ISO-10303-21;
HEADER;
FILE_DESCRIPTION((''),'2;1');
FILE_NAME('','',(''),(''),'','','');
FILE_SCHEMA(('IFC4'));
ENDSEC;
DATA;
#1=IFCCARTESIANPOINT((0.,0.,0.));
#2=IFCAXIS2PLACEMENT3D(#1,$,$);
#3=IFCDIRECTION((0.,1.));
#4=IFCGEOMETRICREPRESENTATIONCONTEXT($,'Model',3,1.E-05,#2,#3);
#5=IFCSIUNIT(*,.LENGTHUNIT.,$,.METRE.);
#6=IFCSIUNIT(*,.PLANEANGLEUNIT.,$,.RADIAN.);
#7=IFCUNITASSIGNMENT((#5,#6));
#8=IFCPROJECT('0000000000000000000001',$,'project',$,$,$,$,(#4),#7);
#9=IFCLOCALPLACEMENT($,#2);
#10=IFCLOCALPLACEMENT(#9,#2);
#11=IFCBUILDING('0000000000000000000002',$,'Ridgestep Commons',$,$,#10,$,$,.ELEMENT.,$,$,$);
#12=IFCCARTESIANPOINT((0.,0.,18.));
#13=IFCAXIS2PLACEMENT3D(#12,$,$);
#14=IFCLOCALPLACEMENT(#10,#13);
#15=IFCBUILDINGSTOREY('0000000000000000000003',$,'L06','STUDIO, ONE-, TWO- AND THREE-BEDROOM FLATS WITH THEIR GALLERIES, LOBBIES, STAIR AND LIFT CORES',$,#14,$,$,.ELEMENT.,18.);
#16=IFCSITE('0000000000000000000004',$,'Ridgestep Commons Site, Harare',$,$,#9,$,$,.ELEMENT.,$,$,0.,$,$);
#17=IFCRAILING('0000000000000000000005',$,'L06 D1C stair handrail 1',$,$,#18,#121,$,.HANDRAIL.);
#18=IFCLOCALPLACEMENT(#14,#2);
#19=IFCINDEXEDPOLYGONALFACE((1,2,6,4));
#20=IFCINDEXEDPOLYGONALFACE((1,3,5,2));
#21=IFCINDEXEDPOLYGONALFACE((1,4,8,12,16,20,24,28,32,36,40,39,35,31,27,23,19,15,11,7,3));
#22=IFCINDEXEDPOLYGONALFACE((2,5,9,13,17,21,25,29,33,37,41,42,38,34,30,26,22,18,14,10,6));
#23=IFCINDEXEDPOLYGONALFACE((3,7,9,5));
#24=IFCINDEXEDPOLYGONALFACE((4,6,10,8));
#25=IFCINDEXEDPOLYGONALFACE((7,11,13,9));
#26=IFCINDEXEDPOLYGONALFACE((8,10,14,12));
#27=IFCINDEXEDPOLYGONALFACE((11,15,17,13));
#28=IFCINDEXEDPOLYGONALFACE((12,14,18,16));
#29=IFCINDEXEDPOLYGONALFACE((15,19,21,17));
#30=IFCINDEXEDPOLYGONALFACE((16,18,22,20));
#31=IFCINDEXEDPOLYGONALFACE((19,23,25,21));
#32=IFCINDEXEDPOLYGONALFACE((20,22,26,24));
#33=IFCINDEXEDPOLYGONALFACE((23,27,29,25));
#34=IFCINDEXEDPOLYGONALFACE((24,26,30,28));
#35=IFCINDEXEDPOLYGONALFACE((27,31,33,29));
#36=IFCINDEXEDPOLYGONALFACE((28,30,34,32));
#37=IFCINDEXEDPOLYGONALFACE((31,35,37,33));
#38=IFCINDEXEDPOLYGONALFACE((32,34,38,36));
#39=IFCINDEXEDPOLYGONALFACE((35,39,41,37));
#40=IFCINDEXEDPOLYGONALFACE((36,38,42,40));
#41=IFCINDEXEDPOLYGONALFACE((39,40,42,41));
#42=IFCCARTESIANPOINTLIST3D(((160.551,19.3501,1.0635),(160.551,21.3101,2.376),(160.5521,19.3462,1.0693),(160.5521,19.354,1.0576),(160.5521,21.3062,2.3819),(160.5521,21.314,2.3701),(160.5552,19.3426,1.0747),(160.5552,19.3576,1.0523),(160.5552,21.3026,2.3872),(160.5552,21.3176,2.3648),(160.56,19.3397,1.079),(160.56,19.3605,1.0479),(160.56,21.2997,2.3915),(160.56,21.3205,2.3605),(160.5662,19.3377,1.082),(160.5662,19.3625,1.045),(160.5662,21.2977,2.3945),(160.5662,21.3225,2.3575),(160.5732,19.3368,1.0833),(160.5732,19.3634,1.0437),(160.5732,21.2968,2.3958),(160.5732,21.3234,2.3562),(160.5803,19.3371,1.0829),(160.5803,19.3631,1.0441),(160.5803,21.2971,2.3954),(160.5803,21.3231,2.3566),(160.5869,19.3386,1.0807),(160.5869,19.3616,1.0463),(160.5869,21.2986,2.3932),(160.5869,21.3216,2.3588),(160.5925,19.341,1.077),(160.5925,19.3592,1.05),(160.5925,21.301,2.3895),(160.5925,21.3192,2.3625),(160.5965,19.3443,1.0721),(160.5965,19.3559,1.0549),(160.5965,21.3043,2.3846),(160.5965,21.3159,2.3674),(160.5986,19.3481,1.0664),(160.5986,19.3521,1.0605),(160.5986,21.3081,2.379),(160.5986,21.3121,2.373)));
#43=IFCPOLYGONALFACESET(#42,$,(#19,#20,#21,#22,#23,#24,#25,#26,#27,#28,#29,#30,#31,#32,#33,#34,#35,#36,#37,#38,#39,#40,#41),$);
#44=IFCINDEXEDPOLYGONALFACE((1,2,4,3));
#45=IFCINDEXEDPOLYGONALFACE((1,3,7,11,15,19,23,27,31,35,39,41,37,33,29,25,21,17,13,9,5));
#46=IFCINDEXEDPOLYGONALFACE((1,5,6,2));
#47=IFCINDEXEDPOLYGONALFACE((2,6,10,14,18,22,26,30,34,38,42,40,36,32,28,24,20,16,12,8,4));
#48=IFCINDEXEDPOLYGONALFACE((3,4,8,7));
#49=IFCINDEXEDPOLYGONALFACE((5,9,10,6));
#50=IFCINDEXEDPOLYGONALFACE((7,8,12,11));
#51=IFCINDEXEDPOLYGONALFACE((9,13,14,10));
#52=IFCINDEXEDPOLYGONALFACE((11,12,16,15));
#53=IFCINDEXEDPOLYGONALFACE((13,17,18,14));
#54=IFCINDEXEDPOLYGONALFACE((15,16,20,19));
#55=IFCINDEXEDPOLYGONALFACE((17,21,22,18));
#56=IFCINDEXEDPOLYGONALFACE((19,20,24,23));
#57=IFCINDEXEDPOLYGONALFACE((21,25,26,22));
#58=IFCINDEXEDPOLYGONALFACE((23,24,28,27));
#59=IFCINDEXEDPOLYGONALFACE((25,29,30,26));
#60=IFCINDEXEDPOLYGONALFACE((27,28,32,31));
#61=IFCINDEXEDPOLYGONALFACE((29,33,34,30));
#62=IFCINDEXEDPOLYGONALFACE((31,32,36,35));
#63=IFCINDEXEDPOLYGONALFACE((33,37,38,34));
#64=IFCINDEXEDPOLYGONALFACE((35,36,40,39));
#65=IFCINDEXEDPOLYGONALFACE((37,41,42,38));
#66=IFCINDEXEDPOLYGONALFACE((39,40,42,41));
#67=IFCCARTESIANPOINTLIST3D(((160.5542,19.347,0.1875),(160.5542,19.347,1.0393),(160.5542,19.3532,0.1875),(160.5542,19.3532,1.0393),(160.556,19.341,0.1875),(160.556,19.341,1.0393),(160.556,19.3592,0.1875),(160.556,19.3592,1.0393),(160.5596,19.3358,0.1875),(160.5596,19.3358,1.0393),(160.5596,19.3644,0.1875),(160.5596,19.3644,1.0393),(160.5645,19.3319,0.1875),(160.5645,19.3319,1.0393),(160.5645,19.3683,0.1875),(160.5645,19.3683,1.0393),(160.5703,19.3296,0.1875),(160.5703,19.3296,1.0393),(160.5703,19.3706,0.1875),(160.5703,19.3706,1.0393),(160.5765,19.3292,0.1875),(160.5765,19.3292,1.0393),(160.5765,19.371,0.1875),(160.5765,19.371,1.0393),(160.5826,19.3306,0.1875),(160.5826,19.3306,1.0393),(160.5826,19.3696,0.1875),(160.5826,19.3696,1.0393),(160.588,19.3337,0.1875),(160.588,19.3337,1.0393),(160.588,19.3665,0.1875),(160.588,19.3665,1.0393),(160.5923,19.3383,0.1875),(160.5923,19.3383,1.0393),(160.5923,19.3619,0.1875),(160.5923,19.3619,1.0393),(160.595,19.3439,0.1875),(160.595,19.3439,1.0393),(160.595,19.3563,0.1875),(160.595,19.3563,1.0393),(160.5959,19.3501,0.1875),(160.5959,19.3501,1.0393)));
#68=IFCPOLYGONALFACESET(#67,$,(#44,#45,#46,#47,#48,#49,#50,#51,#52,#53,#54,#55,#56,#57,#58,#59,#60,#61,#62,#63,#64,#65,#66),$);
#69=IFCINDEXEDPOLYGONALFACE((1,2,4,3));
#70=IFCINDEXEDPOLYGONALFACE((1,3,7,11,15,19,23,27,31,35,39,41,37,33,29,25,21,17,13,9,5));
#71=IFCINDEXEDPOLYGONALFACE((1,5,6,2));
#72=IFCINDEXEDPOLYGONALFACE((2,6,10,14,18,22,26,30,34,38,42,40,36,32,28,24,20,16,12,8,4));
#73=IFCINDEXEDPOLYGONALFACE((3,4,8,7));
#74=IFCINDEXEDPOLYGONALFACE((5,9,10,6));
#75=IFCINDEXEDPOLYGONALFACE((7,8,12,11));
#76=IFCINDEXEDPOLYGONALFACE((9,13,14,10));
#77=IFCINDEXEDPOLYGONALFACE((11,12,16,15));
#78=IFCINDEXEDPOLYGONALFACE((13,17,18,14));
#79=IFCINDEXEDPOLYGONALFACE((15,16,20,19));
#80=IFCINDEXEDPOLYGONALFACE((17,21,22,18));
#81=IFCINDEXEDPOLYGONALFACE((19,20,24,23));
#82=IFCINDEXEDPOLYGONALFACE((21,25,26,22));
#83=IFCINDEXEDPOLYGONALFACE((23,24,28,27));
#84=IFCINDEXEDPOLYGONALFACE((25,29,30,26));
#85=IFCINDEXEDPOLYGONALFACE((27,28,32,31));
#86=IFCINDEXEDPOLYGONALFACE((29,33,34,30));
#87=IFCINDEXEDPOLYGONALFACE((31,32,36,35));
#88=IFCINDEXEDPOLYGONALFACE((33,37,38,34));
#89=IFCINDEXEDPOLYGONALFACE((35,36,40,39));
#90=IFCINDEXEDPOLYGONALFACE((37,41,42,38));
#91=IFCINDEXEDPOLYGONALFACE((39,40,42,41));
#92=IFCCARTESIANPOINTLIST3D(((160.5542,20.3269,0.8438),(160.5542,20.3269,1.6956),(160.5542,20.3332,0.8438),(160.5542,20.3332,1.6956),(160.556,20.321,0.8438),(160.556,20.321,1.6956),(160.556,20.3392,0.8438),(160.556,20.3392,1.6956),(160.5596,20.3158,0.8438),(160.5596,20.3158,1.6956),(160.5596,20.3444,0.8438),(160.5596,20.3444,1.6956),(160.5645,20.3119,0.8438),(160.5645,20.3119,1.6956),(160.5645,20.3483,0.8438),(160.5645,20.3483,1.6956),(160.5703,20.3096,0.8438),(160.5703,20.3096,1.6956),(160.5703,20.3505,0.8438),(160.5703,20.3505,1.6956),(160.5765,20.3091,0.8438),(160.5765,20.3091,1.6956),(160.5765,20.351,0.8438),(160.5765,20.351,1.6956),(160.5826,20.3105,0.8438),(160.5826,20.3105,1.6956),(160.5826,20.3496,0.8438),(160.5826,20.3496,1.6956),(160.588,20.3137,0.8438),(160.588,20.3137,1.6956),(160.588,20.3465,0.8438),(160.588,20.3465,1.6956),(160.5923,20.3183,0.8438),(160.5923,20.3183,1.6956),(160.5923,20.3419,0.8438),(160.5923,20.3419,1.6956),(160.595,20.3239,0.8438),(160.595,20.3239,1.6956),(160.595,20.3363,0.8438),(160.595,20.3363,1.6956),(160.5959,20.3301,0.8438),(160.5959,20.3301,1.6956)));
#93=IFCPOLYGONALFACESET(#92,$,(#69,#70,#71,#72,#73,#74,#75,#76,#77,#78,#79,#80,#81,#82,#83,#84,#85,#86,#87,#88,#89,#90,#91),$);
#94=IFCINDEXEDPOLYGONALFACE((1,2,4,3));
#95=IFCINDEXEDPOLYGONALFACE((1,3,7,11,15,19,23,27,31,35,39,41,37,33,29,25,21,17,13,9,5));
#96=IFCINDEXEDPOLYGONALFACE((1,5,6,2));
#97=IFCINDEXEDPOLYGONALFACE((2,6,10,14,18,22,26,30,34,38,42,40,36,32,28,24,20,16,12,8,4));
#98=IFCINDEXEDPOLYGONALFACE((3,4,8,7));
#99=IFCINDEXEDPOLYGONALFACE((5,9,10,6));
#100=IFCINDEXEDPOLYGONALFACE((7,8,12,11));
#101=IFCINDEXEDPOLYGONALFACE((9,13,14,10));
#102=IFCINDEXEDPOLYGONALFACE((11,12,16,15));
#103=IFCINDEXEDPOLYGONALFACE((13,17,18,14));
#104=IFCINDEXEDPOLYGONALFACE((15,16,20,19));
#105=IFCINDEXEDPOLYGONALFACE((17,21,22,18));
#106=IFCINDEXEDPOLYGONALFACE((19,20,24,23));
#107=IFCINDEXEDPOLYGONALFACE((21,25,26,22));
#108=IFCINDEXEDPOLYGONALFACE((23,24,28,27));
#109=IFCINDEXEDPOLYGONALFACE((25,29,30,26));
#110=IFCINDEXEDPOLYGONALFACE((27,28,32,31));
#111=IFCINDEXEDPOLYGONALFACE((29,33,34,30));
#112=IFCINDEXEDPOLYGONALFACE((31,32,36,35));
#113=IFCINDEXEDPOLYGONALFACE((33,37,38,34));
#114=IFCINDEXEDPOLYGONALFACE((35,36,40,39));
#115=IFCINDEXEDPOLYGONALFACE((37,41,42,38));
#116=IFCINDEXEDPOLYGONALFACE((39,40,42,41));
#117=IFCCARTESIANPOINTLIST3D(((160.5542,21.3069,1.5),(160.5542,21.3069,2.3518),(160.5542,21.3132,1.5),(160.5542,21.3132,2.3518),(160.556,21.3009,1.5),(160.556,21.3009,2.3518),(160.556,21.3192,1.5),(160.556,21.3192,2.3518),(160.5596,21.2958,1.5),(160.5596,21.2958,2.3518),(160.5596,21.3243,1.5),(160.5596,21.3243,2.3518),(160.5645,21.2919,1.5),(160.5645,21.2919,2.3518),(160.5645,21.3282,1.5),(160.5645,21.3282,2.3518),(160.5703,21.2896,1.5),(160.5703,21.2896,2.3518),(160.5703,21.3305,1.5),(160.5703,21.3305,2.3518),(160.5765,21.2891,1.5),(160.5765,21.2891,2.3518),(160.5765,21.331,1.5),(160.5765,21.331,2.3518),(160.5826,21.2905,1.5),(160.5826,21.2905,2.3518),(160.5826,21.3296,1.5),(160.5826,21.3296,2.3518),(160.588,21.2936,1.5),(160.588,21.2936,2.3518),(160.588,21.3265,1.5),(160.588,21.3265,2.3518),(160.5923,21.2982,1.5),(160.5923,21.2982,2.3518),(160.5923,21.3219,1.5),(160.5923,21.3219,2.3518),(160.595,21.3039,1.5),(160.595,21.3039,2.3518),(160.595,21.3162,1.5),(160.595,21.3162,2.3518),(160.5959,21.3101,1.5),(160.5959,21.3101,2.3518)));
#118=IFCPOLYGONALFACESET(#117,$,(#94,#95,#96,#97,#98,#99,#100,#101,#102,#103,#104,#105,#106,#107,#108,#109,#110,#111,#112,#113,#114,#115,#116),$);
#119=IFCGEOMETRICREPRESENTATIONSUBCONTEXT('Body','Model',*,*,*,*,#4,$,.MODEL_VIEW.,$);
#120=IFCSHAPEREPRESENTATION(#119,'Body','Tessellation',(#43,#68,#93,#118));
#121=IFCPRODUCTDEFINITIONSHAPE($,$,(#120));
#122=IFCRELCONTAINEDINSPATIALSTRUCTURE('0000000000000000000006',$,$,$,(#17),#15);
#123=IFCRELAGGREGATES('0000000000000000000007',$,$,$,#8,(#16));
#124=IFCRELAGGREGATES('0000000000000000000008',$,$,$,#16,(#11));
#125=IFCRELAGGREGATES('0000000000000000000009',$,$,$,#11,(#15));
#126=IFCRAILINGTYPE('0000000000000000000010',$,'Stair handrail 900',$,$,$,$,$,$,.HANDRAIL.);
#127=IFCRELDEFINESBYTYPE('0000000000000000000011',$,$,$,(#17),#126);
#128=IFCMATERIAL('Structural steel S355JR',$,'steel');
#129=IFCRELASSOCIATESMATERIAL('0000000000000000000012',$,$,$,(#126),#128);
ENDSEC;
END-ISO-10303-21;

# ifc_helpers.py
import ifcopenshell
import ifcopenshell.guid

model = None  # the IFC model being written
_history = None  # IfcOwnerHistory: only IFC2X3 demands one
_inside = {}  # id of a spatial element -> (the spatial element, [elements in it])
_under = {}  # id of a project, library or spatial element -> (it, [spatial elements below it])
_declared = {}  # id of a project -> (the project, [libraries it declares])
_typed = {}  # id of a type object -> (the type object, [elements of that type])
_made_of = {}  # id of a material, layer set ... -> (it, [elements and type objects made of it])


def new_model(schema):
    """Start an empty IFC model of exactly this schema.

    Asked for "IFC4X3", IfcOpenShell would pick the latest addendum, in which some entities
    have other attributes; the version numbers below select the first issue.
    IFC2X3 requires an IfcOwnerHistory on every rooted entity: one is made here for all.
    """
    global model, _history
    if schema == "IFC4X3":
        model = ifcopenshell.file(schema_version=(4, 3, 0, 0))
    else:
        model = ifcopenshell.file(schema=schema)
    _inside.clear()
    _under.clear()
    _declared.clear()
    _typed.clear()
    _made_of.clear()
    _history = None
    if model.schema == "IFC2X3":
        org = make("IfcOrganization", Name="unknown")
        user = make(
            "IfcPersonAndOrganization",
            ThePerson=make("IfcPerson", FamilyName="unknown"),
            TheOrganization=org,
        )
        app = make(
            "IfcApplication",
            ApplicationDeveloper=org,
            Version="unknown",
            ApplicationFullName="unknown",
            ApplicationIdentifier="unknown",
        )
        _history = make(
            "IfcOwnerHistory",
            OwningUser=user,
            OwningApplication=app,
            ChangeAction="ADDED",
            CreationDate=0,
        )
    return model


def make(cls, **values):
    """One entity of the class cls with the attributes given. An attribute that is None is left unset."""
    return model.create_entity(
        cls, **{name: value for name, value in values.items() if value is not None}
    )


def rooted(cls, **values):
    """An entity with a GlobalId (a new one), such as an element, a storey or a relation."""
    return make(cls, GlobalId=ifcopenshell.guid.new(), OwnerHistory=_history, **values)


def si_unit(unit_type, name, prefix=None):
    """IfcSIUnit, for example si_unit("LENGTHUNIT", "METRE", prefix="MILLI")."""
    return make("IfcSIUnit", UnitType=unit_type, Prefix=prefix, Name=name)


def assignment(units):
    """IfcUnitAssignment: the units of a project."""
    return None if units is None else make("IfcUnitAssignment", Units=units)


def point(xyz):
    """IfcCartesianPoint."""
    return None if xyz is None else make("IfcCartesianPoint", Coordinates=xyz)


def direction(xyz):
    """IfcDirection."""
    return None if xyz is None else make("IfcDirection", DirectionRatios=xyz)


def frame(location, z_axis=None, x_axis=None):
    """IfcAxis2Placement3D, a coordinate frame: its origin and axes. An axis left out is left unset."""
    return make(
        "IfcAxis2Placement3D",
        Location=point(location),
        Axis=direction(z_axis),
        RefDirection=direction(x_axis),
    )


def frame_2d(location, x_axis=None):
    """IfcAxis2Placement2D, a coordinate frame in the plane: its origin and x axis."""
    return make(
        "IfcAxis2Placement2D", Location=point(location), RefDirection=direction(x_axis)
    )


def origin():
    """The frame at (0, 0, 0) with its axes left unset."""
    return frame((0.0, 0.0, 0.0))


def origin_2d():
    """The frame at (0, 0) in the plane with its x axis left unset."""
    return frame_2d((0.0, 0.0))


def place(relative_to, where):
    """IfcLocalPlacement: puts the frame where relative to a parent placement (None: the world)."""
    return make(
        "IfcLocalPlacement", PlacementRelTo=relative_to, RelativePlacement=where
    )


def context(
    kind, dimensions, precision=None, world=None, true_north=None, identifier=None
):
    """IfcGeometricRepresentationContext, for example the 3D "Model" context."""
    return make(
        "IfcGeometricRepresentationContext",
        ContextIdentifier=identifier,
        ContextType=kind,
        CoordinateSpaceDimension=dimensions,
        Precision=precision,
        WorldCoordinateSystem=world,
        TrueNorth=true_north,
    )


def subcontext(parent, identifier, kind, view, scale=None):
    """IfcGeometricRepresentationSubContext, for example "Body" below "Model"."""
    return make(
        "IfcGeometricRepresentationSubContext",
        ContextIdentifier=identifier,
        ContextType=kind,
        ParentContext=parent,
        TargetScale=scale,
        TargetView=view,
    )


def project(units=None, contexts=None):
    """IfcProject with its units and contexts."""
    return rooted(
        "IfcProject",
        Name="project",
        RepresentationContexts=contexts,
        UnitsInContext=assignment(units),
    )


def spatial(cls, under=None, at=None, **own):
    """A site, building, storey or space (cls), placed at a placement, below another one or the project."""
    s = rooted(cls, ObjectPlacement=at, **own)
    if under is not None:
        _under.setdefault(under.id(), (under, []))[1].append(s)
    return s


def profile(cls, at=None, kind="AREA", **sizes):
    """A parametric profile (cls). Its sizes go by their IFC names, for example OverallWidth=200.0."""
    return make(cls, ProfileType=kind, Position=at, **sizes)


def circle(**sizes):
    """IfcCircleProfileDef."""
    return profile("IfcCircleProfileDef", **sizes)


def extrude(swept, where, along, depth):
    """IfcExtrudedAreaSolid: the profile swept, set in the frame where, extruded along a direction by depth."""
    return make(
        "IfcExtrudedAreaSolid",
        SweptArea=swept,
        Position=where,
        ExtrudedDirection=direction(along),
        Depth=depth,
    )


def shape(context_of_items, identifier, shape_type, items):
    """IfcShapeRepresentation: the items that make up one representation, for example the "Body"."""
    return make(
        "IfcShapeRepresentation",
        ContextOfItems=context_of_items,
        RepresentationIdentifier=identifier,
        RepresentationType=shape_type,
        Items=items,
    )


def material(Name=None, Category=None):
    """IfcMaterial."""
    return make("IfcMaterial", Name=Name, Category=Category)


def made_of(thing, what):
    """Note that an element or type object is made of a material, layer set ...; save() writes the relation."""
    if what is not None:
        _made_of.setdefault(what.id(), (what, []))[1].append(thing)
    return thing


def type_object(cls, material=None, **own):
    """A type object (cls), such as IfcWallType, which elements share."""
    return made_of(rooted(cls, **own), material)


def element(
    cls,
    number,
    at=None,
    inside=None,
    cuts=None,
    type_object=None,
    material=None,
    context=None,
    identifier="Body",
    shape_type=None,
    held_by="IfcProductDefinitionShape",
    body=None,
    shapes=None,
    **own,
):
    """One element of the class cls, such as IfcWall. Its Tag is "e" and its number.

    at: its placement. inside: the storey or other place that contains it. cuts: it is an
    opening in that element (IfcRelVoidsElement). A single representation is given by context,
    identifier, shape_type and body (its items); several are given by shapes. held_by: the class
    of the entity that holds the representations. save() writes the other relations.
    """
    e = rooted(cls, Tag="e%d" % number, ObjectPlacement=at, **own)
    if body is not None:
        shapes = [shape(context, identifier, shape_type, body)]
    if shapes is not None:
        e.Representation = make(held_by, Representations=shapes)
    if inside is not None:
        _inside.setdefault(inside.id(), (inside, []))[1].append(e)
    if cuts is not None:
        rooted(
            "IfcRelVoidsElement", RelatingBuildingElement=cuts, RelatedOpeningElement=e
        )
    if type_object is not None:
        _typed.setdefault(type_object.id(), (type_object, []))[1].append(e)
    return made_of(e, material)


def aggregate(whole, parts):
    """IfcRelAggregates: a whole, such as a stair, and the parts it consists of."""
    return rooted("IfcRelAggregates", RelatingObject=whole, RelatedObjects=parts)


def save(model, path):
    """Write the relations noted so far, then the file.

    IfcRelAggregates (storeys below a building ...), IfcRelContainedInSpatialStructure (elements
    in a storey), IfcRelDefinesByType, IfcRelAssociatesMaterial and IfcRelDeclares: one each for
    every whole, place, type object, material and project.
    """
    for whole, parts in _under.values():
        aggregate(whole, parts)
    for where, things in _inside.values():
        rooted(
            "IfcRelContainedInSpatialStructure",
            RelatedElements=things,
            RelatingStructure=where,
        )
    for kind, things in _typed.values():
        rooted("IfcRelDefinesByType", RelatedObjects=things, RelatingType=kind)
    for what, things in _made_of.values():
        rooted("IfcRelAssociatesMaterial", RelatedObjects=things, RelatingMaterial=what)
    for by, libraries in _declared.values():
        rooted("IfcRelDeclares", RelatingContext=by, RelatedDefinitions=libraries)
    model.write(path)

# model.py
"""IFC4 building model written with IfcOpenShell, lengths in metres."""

from ifc_helpers import new_model, si_unit, direction, frame, origin, origin_2d, place, context, subcontext, project, spatial, circle, extrude, material, type_object, element, save


model = new_model("IFC4")

# Units and contexts
model_context = context("Model", 3, precision=1e-05, world=origin(), true_north=direction((0.0, 1.0)))
body_context = subcontext(model_context, "Body", "Model", "MODEL_VIEW")
ifc_project = project(units=[si_unit("LENGTHUNIT", "METRE"), si_unit("PLANEANGLEUNIT", "RADIAN")], contexts=[model_context])

# Site, building, storey
site_placement = place(None, origin())
site = spatial("IfcSite", under=ifc_project, at=site_placement, Name="Ridgestep Commons Site, Harare", CompositionType="ELEMENT", RefElevation=0.0)
building_placement = place(site_placement, origin())
building = spatial("IfcBuilding", under=site, at=building_placement, Name="Ridgestep Commons", CompositionType="ELEMENT")
storey_placement = place(building_placement, frame((0.0, 0.0, 18.0)))
storey = spatial("IfcBuildingStorey", under=building, at=storey_placement, Name="L06", Description="STUDIO, ONE-, TWO- AND THREE-BEDROOM FLATS WITH THEIR GALLERIES, LOBBIES, STAIR AND LIFT CORES", CompositionType="ELEMENT", Elevation=18.0)

# Railing
ifc_material_1 = material(Name="Structural steel S355JR", Category="steel")
railing_type_1 = type_object("IfcRailingType", Name="Stair handrail 900", PredefinedType="HANDRAIL", material=ifc_material_1)
railing_1_placement = place(storey_placement, frame((160.575, 19.3501, 0.1875)))
element("IfcRailing", 1, at=railing_1_placement, inside=storey, type_object=railing_type_1, Name="L06 D1C stair handrail 1", PredefinedType="HANDRAIL", context=body_context, shape_type="SweptSolid", body=[
    extrude(circle(Radius=0.0239, at=origin_2d()), frame((0.0, 0.0, 0.876), z_axis=(0.0, 0.830902, 0.556419), x_axis=(-1.0, 0.0, 0.0)), (0.0, 0.0, 1.0), 2.3589),
    extrude(circle(Radius=0.021, at=origin_2d()), origin(), (0.0, 0.0, 1.0), 0.8518),
    extrude(circle(Radius=0.021, at=origin_2d()), frame((0.0, 0.98, 0.6562)), (0.0, 0.0, 1.0), 0.8518),
    extrude(circle(Radius=0.021, at=origin_2d()), frame((0.0, 1.96, 1.3125)), (0.0, 0.0, 1.0), 0.8518),
])

save(model, "model.ifc")
